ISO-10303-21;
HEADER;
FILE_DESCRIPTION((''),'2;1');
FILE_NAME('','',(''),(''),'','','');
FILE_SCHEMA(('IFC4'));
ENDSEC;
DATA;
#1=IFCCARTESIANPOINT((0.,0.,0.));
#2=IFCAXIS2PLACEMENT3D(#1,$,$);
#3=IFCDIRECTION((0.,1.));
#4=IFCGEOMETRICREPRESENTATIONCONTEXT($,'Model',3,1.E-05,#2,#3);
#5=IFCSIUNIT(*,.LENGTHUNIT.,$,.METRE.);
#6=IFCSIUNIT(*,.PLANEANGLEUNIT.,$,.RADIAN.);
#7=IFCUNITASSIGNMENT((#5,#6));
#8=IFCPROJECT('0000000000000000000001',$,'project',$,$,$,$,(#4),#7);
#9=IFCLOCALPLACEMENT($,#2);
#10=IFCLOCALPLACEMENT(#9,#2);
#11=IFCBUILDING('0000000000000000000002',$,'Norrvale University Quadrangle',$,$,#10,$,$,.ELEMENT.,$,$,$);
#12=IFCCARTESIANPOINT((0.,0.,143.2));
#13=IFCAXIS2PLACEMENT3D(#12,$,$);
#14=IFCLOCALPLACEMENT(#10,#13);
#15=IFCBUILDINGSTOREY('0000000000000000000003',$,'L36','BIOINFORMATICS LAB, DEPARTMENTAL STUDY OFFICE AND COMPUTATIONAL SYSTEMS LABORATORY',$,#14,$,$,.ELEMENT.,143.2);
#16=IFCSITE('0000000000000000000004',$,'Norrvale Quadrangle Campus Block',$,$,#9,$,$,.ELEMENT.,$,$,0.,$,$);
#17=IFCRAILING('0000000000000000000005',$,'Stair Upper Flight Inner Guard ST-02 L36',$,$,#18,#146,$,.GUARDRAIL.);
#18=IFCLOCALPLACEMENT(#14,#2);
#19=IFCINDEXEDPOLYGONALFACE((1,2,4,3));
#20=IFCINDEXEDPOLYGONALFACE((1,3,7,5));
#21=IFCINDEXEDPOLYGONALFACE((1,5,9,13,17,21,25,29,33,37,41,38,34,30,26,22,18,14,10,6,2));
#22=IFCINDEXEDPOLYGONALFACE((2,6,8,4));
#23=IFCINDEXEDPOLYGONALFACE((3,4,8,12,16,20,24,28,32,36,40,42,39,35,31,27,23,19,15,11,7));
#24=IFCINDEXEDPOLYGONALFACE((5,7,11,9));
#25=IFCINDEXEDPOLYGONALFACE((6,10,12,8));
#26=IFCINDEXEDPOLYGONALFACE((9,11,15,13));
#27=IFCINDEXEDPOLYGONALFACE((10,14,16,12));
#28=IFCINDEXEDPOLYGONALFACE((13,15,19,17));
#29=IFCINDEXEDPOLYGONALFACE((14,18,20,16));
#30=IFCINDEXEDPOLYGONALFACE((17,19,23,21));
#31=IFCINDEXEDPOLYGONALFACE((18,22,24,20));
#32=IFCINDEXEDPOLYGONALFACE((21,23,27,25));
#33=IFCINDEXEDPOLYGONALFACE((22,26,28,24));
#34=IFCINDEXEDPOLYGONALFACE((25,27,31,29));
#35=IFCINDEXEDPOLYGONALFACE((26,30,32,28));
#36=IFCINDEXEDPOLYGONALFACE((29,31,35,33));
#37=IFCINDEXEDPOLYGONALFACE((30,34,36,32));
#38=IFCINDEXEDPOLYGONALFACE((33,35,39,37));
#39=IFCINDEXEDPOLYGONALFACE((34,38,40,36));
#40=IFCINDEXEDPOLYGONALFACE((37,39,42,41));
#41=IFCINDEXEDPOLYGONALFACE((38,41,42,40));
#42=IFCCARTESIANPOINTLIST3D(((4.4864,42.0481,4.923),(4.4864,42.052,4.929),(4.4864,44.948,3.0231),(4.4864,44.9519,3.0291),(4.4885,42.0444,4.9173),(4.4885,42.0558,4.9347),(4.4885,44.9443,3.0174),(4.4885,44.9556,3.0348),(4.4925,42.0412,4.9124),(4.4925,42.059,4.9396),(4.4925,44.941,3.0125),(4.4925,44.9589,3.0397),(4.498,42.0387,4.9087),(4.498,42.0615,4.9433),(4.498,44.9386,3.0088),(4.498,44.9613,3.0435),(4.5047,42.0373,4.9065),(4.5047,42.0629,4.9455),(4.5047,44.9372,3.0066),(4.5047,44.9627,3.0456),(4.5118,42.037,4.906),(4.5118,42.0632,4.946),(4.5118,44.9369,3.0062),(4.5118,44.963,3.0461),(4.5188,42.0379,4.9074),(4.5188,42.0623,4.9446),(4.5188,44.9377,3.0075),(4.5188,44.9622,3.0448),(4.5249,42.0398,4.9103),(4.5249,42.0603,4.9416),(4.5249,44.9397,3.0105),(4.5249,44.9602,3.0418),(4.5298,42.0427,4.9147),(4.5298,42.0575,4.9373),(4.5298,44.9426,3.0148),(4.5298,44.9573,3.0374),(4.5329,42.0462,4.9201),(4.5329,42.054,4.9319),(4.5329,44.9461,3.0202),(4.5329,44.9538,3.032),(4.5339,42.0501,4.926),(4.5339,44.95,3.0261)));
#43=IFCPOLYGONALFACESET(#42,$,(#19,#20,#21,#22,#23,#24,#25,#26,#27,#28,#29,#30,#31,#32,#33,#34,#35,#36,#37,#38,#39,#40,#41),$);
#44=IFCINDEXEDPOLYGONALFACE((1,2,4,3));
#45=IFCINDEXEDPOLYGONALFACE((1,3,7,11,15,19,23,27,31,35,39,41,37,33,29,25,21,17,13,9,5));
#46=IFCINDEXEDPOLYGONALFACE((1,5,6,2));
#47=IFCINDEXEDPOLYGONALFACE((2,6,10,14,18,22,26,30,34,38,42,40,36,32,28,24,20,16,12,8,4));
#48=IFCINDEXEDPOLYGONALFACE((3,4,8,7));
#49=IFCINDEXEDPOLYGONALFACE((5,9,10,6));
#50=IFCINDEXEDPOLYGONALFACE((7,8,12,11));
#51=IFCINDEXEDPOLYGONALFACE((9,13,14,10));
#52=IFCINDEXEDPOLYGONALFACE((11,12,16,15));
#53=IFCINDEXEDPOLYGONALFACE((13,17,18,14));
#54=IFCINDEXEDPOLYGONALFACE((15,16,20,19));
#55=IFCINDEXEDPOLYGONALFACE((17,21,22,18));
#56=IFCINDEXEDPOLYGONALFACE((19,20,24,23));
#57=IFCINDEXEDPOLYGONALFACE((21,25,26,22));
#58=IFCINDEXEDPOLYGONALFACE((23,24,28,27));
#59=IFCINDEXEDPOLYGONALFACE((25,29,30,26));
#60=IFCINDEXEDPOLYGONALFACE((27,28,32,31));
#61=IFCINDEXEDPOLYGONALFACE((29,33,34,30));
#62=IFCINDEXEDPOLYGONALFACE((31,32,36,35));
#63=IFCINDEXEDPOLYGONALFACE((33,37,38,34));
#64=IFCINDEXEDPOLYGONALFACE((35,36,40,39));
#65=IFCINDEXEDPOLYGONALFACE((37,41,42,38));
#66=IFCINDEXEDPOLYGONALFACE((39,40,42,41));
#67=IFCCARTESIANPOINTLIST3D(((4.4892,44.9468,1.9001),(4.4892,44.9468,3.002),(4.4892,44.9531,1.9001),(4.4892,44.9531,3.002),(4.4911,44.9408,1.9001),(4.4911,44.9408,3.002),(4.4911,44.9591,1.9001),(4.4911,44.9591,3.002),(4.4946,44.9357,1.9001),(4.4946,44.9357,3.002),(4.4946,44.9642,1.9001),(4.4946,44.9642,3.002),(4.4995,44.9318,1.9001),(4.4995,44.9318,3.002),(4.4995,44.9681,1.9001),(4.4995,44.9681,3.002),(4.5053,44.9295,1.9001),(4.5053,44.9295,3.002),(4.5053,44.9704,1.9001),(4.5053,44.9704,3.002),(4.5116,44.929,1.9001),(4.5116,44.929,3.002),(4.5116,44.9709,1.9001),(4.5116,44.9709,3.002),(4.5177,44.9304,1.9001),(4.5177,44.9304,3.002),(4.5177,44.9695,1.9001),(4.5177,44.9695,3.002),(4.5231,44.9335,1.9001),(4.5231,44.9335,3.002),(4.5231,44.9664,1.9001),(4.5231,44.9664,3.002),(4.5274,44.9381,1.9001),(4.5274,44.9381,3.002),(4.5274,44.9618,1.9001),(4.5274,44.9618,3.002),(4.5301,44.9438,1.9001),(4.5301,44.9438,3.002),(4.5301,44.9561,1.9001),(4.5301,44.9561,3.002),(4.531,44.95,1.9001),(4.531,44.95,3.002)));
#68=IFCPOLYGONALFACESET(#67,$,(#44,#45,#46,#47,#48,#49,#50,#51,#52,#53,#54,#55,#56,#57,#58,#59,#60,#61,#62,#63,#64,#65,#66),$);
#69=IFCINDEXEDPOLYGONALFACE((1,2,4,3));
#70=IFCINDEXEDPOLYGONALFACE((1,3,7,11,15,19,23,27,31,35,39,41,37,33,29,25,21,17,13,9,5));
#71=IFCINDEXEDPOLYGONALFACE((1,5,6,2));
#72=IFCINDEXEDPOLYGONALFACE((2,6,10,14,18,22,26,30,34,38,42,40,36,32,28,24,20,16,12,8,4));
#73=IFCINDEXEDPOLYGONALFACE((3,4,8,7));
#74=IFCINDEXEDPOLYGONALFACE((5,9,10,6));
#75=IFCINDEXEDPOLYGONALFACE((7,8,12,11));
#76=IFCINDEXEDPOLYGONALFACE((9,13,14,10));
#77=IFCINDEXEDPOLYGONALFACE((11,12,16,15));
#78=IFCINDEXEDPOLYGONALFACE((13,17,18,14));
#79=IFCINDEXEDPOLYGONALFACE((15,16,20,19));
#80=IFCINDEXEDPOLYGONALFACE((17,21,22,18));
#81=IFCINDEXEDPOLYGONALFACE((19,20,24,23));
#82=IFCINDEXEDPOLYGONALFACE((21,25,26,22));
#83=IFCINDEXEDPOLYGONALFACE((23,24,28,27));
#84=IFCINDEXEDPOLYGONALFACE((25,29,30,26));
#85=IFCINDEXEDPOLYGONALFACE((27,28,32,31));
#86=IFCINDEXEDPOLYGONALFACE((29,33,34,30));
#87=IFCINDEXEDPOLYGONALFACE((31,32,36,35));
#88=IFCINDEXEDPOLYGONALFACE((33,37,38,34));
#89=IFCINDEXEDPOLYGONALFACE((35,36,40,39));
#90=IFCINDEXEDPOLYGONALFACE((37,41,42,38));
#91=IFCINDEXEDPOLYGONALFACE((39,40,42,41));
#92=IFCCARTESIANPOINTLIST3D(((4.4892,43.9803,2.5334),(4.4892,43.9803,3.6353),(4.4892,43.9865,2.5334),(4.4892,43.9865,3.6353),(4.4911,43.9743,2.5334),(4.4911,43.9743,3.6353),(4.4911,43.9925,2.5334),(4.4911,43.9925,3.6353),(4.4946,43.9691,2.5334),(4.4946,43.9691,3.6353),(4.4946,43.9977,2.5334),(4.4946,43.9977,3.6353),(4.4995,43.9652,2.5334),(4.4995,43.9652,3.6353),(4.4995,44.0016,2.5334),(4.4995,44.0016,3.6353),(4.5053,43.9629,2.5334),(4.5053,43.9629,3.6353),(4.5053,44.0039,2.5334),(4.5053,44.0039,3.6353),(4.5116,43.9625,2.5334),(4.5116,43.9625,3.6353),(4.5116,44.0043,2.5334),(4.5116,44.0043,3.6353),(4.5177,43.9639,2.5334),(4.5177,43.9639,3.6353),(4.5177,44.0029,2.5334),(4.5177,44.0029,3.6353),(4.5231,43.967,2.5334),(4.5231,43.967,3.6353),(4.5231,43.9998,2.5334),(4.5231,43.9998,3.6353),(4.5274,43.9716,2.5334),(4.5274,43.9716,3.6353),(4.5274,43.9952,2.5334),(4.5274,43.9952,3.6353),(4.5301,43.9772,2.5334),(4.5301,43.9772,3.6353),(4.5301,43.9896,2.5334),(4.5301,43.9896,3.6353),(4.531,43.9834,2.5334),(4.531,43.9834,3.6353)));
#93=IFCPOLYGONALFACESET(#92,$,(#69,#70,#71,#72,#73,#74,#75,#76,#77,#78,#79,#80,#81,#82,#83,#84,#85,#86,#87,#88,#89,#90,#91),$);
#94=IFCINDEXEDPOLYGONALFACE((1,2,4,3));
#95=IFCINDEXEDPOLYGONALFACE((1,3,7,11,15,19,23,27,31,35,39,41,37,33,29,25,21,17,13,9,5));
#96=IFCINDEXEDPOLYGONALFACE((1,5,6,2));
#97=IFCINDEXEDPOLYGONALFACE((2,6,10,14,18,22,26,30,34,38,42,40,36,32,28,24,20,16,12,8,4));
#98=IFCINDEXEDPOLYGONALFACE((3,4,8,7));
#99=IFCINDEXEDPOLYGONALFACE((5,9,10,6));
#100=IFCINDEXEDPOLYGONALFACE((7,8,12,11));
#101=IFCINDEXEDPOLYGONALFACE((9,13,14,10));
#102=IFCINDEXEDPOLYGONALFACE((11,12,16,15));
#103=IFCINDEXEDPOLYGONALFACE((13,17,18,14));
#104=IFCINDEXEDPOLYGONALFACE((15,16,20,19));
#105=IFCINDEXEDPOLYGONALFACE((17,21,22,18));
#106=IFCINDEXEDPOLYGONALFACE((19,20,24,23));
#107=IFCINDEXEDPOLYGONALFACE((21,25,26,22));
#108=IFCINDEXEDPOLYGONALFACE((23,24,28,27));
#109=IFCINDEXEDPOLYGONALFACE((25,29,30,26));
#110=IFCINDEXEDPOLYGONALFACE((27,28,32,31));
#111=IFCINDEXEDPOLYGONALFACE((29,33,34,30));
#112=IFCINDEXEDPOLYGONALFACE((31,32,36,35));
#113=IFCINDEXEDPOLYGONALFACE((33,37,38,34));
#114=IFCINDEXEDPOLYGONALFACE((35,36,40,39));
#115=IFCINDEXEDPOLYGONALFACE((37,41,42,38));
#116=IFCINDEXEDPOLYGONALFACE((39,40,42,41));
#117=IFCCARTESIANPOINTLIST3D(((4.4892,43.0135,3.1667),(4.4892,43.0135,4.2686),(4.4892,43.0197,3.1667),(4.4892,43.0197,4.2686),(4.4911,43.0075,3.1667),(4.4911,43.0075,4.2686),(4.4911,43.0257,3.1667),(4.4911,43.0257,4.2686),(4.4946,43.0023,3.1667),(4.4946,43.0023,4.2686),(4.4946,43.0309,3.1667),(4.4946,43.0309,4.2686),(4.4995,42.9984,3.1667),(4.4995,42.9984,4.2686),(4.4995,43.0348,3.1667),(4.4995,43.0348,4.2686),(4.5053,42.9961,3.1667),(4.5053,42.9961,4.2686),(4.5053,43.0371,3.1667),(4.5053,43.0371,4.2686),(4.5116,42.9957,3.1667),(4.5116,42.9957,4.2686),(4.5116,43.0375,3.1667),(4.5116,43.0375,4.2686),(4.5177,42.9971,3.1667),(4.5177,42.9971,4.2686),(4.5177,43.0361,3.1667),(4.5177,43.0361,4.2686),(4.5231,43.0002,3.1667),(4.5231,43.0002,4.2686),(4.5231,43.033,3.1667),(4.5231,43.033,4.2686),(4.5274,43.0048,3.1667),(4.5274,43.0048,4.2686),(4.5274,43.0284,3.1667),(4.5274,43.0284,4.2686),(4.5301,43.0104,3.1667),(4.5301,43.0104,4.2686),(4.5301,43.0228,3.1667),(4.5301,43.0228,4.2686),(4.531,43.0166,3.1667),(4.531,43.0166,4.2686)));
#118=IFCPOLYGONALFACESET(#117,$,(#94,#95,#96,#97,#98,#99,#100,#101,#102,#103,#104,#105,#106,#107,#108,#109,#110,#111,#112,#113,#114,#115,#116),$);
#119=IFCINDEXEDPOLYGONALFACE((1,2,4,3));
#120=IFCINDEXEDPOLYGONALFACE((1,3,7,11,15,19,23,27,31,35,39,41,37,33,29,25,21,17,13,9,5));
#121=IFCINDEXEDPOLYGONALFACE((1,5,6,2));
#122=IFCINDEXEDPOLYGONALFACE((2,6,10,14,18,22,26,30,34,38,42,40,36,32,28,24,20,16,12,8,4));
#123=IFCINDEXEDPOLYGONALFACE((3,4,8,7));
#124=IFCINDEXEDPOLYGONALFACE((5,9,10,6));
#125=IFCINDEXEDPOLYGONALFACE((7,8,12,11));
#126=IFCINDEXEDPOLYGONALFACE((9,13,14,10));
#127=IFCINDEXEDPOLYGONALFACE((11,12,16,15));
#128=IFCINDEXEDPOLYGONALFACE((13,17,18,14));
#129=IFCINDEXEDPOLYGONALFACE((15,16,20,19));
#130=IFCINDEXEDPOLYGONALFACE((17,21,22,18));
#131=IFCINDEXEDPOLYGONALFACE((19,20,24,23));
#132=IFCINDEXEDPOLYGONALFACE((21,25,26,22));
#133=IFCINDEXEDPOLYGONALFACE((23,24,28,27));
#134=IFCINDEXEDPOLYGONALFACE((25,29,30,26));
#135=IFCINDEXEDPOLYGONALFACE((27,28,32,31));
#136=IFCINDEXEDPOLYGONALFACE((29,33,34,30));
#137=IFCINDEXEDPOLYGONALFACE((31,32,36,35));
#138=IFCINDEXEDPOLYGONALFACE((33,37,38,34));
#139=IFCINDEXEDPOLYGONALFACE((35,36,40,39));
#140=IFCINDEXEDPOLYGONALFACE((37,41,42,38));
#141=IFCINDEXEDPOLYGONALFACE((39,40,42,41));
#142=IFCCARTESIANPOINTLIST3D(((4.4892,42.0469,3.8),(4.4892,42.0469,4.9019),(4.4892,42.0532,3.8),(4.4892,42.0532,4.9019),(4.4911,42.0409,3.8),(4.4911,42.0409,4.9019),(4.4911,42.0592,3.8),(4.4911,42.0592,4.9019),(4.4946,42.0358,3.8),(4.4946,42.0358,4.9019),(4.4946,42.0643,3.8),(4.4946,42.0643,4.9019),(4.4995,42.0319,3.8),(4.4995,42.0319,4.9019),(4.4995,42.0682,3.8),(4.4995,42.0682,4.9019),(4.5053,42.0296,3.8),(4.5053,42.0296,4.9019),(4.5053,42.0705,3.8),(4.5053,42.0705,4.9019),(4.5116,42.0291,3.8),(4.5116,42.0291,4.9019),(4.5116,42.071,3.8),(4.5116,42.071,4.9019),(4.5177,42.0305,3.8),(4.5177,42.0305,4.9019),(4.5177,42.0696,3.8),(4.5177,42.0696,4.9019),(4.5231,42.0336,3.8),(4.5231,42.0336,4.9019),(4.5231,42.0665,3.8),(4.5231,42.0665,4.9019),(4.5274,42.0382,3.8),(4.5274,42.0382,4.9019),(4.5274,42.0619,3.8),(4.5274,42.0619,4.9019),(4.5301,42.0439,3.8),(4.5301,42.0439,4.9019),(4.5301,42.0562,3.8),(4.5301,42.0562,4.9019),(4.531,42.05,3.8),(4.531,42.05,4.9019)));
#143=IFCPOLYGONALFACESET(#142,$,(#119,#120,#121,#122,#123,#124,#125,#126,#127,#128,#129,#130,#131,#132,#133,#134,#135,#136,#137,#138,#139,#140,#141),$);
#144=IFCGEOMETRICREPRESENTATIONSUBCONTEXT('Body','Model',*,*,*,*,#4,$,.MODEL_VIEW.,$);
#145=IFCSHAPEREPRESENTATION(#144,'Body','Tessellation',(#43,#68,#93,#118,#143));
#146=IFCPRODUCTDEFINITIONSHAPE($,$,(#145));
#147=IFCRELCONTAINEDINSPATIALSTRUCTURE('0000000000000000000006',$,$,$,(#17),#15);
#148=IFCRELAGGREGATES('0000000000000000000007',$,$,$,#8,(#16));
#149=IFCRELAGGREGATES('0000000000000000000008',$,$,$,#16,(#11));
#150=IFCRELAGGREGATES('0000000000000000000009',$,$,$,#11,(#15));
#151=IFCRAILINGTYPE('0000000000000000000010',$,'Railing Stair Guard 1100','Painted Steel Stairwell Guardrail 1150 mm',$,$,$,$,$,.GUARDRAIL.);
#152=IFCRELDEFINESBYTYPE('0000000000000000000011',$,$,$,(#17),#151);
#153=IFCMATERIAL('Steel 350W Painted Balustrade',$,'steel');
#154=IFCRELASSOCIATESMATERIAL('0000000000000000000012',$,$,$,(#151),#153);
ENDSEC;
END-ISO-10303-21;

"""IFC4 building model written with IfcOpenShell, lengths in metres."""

from ifc_helpers import new_model, si_unit, direction, frame, origin, origin_2d, place, context, subcontext, project, spatial, circle, extrude, material, type_object, element, save


model = new_model("IFC4")

# Units and contexts
model_context = context("Model", 3, precision=1e-05, world=origin(), true_north=direction((0.0, 1.0)))
body_context = subcontext(model_context, "Body", "Model", "MODEL_VIEW")
ifc_project = project(units=[si_unit("LENGTHUNIT", "METRE"), si_unit("PLANEANGLEUNIT", "RADIAN")], contexts=[model_context])

# Site, building, storey
site_placement = place(None, origin())
site = spatial("IfcSite", under=ifc_project, at=site_placement, Name="Norrvale Quadrangle Campus Block", CompositionType="ELEMENT", RefElevation=0.0)
building_placement = place(site_placement, origin())
building = spatial("IfcBuilding", under=site, at=building_placement, Name="Norrvale University Quadrangle", CompositionType="ELEMENT")
storey_placement = place(building_placement, frame((0.0, 0.0, 143.2)))
storey = spatial("IfcBuildingStorey", under=building, at=storey_placement, Name="L36", Description="BIOINFORMATICS LAB, DEPARTMENTAL STUDY OFFICE AND COMPUTATIONAL SYSTEMS LABORATORY", CompositionType="ELEMENT", Elevation=143.2)

# Railing
ifc_material_1 = material(Name="Steel 350W Painted Balustrade", Category="steel")
railing_type_1 = type_object("IfcRailingType", Name="Railing Stair Guard 1100", Description="Painted Steel Stairwell Guardrail 1150 mm", PredefinedType="GUARDRAIL", material=ifc_material_1)
railing_1_placement = place(storey_placement, frame((4.51, 44.95, 1.9001)))
element("IfcRailing", 1, at=railing_1_placement, inside=storey, type_object=railing_type_1, Name="Stair Upper Flight Inner Guard ST-02 L36", PredefinedType="GUARDRAIL", context=body_context, shape_type="SweptSolid", body=[
    extrude(circle(Radius=0.0239, at=origin_2d()), frame((0.0, 0.0, 1.126), z_axis=(0.0, -0.836466, 0.548019), x_axis=(1.0, 0.0, 0.0)), (0.0, 0.0, 1.0), 3.4668),
    extrude(circle(Radius=0.021, at=origin_2d()), origin(), (0.0, 0.0, 1.0), 1.1018),
    extrude(circle(Radius=0.021, at=origin_2d()), frame((0.0, -0.9666, 0.6333)), (0.0, 0.0, 1.0), 1.1018),
    extrude(circle(Radius=0.021, at=origin_2d()), frame((0.0, -1.9333, 1.2666)), (0.0, 0.0, 1.0), 1.1018),
    extrude(circle(Radius=0.021, at=origin_2d()), frame((0.0, -2.8999, 1.8999)), (0.0, 0.0, 1.0), 1.1018),
])

save(model, "model.ifc")
